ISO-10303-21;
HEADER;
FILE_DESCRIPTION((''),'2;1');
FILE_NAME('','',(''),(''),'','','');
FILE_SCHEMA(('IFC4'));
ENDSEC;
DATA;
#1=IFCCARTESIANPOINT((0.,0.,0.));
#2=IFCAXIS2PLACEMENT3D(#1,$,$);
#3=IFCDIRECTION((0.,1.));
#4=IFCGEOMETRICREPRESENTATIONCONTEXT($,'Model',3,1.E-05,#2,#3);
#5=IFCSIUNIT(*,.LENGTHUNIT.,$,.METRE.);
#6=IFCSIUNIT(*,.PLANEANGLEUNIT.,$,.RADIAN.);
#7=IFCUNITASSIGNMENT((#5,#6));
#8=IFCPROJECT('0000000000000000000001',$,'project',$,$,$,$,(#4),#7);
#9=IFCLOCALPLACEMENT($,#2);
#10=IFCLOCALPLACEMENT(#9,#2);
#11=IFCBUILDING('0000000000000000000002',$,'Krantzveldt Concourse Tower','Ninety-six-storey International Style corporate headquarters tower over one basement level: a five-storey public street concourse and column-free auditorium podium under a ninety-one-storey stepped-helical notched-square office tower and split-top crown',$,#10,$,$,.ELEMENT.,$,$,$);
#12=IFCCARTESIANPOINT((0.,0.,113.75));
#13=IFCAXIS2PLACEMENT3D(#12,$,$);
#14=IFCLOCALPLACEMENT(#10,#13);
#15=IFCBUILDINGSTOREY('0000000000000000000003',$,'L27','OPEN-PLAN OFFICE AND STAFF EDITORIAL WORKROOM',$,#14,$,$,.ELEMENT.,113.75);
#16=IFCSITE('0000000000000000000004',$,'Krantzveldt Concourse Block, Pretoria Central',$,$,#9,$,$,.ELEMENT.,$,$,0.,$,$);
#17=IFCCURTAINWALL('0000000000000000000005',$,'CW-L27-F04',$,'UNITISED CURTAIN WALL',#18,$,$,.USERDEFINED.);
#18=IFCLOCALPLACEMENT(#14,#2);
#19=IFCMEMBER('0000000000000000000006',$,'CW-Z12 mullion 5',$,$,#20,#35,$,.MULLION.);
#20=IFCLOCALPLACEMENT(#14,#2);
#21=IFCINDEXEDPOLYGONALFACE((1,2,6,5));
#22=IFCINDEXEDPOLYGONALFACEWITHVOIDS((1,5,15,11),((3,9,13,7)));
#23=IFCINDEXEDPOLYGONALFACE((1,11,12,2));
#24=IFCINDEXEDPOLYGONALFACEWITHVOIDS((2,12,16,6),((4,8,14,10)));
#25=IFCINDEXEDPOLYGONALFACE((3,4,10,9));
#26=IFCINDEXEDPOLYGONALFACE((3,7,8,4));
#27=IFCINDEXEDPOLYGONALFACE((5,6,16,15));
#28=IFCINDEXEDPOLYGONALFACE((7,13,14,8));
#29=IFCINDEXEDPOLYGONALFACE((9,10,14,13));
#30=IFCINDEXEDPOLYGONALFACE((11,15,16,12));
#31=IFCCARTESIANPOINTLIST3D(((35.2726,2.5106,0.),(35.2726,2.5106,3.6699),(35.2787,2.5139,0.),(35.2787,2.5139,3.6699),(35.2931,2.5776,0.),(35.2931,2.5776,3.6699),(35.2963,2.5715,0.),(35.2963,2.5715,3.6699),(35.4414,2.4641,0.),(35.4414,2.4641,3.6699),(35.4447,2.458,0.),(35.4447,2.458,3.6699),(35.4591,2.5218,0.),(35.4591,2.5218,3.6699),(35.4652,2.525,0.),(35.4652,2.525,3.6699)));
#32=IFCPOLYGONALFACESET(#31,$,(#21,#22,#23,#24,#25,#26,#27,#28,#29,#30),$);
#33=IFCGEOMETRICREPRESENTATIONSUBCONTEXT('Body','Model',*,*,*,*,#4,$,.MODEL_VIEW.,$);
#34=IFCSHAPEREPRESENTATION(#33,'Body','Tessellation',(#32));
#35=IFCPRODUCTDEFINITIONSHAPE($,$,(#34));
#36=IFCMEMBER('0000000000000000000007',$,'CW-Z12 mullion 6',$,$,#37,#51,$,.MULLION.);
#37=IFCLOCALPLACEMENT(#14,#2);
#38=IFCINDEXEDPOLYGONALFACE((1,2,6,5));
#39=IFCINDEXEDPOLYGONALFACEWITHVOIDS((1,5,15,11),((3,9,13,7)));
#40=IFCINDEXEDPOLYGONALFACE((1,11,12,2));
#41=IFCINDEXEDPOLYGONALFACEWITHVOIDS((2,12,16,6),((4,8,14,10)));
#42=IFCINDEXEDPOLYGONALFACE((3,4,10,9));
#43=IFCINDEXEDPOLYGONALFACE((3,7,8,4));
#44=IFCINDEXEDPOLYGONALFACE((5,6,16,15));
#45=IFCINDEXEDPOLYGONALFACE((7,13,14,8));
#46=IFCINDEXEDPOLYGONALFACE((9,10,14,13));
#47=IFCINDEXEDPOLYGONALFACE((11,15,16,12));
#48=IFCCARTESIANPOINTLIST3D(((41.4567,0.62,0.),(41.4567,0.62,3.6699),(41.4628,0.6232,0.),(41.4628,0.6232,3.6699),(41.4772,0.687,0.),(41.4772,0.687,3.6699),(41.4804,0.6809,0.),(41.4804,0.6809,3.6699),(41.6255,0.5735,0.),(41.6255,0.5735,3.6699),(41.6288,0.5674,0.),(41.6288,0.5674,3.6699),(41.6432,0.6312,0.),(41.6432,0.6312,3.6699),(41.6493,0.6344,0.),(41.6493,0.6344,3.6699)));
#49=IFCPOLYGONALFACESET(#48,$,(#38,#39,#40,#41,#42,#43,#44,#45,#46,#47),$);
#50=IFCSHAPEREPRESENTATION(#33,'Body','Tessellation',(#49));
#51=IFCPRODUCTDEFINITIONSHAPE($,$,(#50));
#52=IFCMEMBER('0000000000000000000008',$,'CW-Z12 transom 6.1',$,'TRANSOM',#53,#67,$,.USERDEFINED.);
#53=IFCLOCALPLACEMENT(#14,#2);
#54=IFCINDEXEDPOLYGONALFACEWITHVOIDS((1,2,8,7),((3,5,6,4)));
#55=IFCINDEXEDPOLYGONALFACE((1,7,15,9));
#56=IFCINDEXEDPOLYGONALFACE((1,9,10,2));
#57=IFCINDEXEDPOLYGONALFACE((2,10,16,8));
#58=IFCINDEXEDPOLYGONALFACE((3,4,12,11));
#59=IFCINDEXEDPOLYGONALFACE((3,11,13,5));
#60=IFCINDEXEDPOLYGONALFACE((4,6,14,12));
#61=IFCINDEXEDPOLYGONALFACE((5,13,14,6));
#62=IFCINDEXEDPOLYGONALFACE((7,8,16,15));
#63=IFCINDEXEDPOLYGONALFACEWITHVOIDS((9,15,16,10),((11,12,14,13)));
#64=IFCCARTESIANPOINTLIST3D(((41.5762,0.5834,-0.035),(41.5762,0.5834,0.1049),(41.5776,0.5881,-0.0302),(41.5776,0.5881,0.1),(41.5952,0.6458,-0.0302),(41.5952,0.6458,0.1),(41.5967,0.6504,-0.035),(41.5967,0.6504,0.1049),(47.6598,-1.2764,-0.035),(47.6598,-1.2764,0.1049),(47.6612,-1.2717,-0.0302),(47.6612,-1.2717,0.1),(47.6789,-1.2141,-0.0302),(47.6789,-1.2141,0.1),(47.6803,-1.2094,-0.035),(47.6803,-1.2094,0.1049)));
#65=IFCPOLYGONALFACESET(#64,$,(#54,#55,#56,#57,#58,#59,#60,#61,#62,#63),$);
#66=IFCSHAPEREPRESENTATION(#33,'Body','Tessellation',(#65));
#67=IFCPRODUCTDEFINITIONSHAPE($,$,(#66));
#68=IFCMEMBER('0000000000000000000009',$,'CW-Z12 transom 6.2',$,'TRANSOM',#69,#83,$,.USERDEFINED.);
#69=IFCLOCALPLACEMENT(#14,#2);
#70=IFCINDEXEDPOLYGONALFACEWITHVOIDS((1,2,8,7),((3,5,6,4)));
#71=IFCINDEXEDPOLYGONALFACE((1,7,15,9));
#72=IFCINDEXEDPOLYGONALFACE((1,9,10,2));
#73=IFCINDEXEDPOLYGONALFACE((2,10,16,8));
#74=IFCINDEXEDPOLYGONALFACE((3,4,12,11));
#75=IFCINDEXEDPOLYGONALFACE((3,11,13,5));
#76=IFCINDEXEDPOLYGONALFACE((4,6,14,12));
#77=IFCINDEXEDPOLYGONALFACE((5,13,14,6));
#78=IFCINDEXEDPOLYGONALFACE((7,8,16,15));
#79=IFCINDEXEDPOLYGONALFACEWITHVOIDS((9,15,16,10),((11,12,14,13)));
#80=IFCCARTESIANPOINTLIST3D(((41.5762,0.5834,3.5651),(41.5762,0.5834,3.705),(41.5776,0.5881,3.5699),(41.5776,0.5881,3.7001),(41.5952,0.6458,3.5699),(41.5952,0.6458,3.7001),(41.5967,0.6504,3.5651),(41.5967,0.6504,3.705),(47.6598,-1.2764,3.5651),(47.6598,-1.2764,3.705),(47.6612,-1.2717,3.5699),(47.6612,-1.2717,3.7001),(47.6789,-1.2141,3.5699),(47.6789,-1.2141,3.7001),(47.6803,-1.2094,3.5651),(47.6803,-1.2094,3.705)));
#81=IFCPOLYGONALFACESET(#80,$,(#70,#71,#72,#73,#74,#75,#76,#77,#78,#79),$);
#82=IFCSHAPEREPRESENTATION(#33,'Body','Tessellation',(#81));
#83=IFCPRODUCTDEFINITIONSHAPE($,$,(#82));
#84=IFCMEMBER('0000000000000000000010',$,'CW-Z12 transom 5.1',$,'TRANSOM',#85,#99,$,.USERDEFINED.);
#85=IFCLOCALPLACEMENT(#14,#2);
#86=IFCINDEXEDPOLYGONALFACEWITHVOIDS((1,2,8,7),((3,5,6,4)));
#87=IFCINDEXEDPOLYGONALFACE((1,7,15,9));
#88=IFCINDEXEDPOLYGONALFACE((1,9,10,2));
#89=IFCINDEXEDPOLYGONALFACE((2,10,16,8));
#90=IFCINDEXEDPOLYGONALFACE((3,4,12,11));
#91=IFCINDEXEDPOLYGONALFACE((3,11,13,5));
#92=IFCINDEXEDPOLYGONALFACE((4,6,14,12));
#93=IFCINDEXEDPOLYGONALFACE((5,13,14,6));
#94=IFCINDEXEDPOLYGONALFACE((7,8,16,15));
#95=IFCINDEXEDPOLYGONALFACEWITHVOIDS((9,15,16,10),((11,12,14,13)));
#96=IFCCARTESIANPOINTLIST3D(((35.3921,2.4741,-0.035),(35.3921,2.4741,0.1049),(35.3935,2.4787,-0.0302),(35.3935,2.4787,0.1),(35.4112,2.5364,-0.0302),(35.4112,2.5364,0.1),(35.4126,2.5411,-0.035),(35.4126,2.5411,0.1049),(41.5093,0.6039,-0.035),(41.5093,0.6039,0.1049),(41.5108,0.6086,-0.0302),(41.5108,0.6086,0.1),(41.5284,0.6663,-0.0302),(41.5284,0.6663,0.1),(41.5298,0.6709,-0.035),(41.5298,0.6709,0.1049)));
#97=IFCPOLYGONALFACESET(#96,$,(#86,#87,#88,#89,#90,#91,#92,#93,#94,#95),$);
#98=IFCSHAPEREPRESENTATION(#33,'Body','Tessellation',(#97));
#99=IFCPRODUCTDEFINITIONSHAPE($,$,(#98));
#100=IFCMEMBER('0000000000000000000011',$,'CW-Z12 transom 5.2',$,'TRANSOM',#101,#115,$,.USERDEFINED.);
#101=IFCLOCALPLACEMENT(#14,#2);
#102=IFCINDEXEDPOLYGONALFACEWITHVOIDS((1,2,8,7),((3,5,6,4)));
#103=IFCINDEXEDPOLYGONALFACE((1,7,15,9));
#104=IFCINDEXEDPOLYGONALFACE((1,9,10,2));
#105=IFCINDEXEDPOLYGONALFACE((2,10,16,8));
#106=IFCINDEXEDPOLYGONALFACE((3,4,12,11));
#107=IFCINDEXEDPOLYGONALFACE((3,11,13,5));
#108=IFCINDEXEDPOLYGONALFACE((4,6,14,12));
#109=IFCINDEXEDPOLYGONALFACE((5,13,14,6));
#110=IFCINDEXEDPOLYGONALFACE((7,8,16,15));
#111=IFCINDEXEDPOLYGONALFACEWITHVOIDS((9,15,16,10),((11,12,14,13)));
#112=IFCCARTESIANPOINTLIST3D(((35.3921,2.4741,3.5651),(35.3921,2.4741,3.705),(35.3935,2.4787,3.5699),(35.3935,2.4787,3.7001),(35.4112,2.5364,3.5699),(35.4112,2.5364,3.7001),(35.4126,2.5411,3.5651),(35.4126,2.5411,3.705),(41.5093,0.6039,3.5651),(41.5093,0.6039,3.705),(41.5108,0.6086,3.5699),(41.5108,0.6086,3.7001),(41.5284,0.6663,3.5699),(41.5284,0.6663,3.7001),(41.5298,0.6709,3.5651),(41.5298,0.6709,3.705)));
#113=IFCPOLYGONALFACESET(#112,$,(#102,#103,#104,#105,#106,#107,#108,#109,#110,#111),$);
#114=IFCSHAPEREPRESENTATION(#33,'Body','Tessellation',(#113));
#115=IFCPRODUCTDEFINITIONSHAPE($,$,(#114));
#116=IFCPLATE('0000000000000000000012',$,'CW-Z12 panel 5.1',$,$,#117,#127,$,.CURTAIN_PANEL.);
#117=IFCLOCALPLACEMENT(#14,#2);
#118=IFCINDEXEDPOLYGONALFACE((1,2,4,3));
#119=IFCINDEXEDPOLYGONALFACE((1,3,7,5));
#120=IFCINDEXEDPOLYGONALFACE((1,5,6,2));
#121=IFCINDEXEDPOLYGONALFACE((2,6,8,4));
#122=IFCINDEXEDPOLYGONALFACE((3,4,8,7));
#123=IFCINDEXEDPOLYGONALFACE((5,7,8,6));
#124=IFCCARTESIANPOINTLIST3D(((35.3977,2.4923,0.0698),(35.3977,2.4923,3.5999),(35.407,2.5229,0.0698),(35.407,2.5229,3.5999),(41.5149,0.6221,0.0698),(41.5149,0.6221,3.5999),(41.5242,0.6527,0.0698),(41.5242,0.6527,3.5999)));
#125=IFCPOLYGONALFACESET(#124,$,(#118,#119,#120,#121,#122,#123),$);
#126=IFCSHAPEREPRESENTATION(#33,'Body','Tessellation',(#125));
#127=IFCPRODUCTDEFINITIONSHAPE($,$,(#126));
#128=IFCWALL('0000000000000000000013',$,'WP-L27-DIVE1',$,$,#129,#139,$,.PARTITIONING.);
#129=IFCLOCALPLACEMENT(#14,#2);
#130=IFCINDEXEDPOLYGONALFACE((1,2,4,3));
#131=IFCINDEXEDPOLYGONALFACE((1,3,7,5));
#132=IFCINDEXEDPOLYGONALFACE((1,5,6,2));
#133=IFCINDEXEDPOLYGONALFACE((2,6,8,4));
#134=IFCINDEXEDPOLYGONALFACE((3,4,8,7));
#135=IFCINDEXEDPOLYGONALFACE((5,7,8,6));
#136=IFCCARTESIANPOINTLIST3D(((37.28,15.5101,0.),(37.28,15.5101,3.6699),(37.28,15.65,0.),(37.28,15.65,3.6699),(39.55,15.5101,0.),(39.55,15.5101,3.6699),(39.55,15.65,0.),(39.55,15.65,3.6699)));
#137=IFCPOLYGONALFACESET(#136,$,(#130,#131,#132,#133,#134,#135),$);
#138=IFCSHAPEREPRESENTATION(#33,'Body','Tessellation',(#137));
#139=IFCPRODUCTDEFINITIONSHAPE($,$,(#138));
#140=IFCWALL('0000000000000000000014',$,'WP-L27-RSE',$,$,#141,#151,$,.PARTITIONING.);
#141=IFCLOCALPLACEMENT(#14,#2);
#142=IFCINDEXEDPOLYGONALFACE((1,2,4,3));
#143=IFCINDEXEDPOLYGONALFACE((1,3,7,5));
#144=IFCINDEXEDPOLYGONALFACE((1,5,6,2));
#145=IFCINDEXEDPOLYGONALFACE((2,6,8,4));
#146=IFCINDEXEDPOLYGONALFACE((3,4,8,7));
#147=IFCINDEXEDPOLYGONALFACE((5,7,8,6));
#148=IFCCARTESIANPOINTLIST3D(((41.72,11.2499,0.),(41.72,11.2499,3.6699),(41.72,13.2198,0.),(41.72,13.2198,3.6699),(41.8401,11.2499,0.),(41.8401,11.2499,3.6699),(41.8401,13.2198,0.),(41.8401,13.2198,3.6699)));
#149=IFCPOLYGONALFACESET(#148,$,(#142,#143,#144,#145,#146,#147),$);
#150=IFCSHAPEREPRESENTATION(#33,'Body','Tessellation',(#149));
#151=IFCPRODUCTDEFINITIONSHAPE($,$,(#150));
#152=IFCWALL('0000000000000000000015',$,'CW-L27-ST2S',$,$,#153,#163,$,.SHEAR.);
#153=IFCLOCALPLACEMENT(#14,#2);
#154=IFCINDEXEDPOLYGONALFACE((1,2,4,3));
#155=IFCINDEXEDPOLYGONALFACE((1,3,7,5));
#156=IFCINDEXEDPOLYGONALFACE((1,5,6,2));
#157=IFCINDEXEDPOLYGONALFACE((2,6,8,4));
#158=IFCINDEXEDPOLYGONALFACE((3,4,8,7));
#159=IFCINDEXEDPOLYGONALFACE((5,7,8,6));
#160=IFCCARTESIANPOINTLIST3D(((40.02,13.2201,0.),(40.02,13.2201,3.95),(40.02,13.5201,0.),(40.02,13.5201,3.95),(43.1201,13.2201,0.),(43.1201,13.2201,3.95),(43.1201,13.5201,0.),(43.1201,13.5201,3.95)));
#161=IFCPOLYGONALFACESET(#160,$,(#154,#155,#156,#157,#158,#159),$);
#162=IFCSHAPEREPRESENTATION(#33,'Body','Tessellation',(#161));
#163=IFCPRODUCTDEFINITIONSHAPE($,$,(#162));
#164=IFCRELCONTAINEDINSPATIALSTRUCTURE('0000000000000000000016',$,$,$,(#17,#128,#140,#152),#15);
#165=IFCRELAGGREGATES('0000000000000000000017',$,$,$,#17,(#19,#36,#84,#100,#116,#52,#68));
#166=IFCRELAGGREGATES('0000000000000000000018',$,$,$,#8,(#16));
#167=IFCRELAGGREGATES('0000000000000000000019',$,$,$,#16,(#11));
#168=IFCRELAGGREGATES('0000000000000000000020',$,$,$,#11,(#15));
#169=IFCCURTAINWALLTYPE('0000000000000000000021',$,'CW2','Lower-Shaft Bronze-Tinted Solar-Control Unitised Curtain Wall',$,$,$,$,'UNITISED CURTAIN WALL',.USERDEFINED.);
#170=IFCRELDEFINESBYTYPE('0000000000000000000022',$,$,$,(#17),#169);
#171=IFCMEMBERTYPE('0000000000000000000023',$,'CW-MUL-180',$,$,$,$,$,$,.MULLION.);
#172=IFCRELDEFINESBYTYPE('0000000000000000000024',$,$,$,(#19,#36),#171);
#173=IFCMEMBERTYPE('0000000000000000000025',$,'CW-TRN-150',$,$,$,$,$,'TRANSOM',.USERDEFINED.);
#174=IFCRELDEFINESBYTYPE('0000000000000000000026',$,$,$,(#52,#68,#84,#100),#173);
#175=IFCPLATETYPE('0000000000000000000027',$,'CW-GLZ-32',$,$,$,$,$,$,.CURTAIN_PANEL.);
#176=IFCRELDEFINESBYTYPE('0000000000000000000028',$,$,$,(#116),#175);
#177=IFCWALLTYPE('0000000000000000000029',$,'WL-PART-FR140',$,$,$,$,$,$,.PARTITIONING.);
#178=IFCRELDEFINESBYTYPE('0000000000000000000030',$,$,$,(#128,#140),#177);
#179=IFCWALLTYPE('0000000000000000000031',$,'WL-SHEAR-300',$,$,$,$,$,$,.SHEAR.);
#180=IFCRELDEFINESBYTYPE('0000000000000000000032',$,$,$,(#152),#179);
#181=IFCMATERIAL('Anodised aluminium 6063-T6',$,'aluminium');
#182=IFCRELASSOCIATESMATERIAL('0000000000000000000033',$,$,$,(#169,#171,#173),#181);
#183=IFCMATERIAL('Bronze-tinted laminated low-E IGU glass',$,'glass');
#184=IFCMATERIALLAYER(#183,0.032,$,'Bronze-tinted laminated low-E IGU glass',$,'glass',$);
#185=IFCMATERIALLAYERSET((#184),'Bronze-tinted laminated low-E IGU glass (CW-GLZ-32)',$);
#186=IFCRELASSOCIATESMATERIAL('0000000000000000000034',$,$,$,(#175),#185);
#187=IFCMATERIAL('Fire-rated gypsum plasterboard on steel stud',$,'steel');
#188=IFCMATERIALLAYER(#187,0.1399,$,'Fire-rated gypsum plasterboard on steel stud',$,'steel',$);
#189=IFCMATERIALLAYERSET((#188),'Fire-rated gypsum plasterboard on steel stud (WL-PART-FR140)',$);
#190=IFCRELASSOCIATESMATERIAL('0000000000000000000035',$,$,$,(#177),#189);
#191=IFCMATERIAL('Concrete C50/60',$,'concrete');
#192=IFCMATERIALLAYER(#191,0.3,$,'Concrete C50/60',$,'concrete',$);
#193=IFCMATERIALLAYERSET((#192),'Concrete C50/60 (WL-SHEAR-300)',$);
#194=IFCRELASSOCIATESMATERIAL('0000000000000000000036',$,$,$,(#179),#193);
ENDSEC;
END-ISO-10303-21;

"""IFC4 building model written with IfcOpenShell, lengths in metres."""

from ifc_helpers import new_model, si_unit, direction, frame, frame_2d, origin, origin_2d, place, context, subcontext, project, spatial, rectangle, hollow_rectangle, extrude, source, transform, mapped, material, layer, layer_set, material_profile, profile_set, type_object, type_shapes, element, aggregate, save


model = new_model("IFC4")

# Units and contexts
model_context = context("Model", 3, precision=1e-05, world=origin(), true_north=direction((0.0, 1.0)))
body_context = subcontext(model_context, "Body", "Model", "MODEL_VIEW")
ifc_project = project(units=[si_unit("LENGTHUNIT", "METRE"), si_unit("PLANEANGLEUNIT", "RADIAN")], contexts=[model_context])

# Site, building, storey
site_placement = place(None, origin())
site = spatial("IfcSite", under=ifc_project, at=site_placement, Name="Krantzveldt Concourse Block, Pretoria Central", CompositionType="ELEMENT", RefElevation=0.0)
building_placement = place(site_placement, origin())
building = spatial("IfcBuilding", under=site, at=building_placement, Name="Krantzveldt Concourse Tower", Description="Ninety-six-storey International Style corporate headquarters tower over one basement level: a five-storey public street concourse and column-free auditorium podium under a ninety-one-storey stepped-helical notched-square office tower and split-top crown", CompositionType="ELEMENT")
storey_placement = place(building_placement, frame((0.0, 0.0, 113.75)))
storey = spatial("IfcBuildingStorey", under=building, at=storey_placement, Name="L27", Description="OPEN-PLAN OFFICE AND STAFF EDITORIAL WORKROOM", CompositionType="ELEMENT", Elevation=113.75)

# Curtain wall, members, plate
ifc_material_1 = material(Name="Anodised aluminium 6063-T6", Category="aluminium")
curtain_wall_type = type_object("IfcCurtainWallType", Name="CW2", Description="Lower-Shaft Bronze-Tinted Solar-Control Unitised Curtain Wall", ElementType="UNITISED CURTAIN WALL", PredefinedType="USERDEFINED", material=ifc_material_1)
curtain_wall_placement = place(storey_placement, origin())
curtain_wall = element("IfcCurtainWall", 1, at=curtain_wall_placement, inside=storey, type_object=curtain_wall_type, Name="CW-L27-F04", ObjectType="UNITISED CURTAIN WALL", PredefinedType="USERDEFINED")
ifc_material_profile_1 = material_profile(ifc_material_1, hollow_rectangle(XDim=0.0701, YDim=0.1799, WallThickness=0.0049, at=origin_2d()), Name="Anodised aluminium 6063-T6", Category="aluminium")
ifc_profile_set_1 = profile_set([ifc_material_profile_1], Name="Anodised aluminium 6063-T6 - ALU-MULL 180x70x5")
member_type_1 = type_object("IfcMemberType", Name="CW-MUL-180", PredefinedType="MULLION", material=ifc_profile_set_1)
shared_shape_1 = source(origin(), body_context, "Body", "SweptSolid", [
    extrude(hollow_rectangle(XDim=0.0701, YDim=0.1799, WallThickness=0.0049, at=origin_2d()), origin(), (0.0, 0.0, 1.0), 3.6699),
])
type_shapes(member_type_1, [shared_shape_1])
member_1_placement = place(storey_placement, frame((35.3689, 2.5178, 0.0), z_axis=(0.0, 0.0, 1.0), x_axis=(0.292372, 0.956305, 0.0)))
member_1 = element("IfcMember", 2, at=member_1_placement, type_object=member_type_1, Name="CW-Z12 mullion 5", PredefinedType="MULLION", context=body_context, shape_type="MappedRepresentation", body=[
    mapped(shared_shape_1, transform((0.0, 0.0, 0.0), x_axis=(1.0, 0.0, 0.0), y_axis=(0.0, 1.0, 0.0), z_axis=(0.0, 0.0, 1.0), scale=1.0)),
])
member_2_placement = place(storey_placement, frame((41.553, 0.6272, 0.0), z_axis=(0.0, 0.0, 1.0), x_axis=(0.292372, 0.956305, 0.0)))
member_2 = element("IfcMember", 3, at=member_2_placement, type_object=member_type_1, Name="CW-Z12 mullion 6", PredefinedType="MULLION", context=body_context, shape_type="MappedRepresentation", body=[
    mapped(shared_shape_1, transform((0.0, 0.0, 0.0), x_axis=(1.0, 0.0, 0.0), y_axis=(0.0, 1.0, 0.0), z_axis=(0.0, 0.0, 1.0), scale=1.0)),
])
ifc_material_profile_2 = material_profile(ifc_material_1, hollow_rectangle(XDim=0.0701, YDim=0.1399, WallThickness=0.0049, at=origin_2d()), Name="Anodised aluminium 6063-T6", Category="aluminium")
ifc_profile_set_2 = profile_set([ifc_material_profile_2], Name="Anodised aluminium 6063-T6 - ALU-TRAN 140x70x5")
member_type_2 = type_object("IfcMemberType", Name="CW-TRN-150", ElementType="TRANSOM", PredefinedType="USERDEFINED", material=ifc_profile_set_2)
shared_shape_2 = source(origin(), body_context, "Body", "SweptSolid", [
    extrude(hollow_rectangle(XDim=0.0701, YDim=0.1399, WallThickness=0.0049, at=origin_2d()), origin(), (0.0, 0.0, 1.0), 6.3616),
])
member_3_placement = place(storey_placement, frame((41.5864, 0.6169, 0.0349), z_axis=(0.95631, -0.292354, 0.0), x_axis=(0.292354, 0.95631, 0.0)))
member_3 = element("IfcMember", 4, at=member_3_placement, type_object=member_type_2, Name="CW-Z12 transom 6.1", ObjectType="TRANSOM", PredefinedType="USERDEFINED", context=body_context, shape_type="MappedRepresentation", body=[
    mapped(shared_shape_2, transform((0.0, 0.0, 0.0), x_axis=(1.0, 0.0, 0.0), y_axis=(0.0, 1.0, 0.0), z_axis=(0.0, 0.0, 1.0), scale=1.0)),
])
member_4_placement = place(storey_placement, frame((41.5864, 0.6169, 3.635), z_axis=(0.95631, -0.292354, 0.0), x_axis=(0.292354, 0.95631, 0.0)))
member_4 = element("IfcMember", 5, at=member_4_placement, type_object=member_type_2, Name="CW-Z12 transom 6.2", ObjectType="TRANSOM", PredefinedType="USERDEFINED", context=body_context, shape_type="MappedRepresentation", body=[
    mapped(shared_shape_2, transform((0.0, 0.0, 0.0), x_axis=(1.0, 0.0, 0.0), y_axis=(0.0, 1.0, 0.0), z_axis=(0.0, 0.0, 1.0), scale=1.0)),
])
shared_shape_3 = source(origin(), body_context, "Body", "SweptSolid", [
    extrude(hollow_rectangle(XDim=0.0701, YDim=0.1399, WallThickness=0.0049, at=origin_2d()), origin(), (0.0, 0.0, 1.0), 6.3967),
])
type_shapes(member_type_2, [shared_shape_2, shared_shape_3])
member_5_placement = place(storey_placement, frame((35.4023, 2.5076, 0.0349), z_axis=(0.956309, -0.292358, 0.0), x_axis=(0.292358, 0.956309, 0.0)))
member_5 = element("IfcMember", 6, at=member_5_placement, type_object=member_type_2, Name="CW-Z12 transom 5.1", ObjectType="TRANSOM", PredefinedType="USERDEFINED", context=body_context, shape_type="MappedRepresentation", body=[
    mapped(shared_shape_3, transform((0.0, 0.0, 0.0), x_axis=(1.0, 0.0, 0.0), y_axis=(0.0, 1.0, 0.0), z_axis=(0.0, 0.0, 1.0), scale=1.0)),
])
member_6_placement = place(storey_placement, frame((35.4023, 2.5076, 3.635), z_axis=(0.956309, -0.292358, 0.0), x_axis=(0.292358, 0.956309, 0.0)))
member_6 = element("IfcMember", 7, at=member_6_placement, type_object=member_type_2, Name="CW-Z12 transom 5.2", ObjectType="TRANSOM", PredefinedType="USERDEFINED", context=body_context, shape_type="MappedRepresentation", body=[
    mapped(shared_shape_3, transform((0.0, 0.0, 0.0), x_axis=(1.0, 0.0, 0.0), y_axis=(0.0, 1.0, 0.0), z_axis=(0.0, 0.0, 1.0), scale=1.0)),
])
ifc_material_2 = material(Name="Bronze-tinted laminated low-E IGU glass", Category="glass")
ifc_layer_1 = layer(ifc_material_2, 0.032, Name="Bronze-tinted laminated low-E IGU glass", Category="glass")
ifc_layer_set_1 = layer_set([ifc_layer_1], Name="Bronze-tinted laminated low-E IGU glass (CW-GLZ-32)")
plate_type = type_object("IfcPlateType", Name="CW-GLZ-32", PredefinedType="CURTAIN_PANEL", material=ifc_layer_set_1)
shared_shape_4 = source(origin(), body_context, "Body", "SweptSolid", [
    extrude(rectangle(XDim=6.3967, YDim=0.032, at=origin_2d()), origin(), (0.0, 0.0, 1.0), 3.53),
])
type_shapes(plate_type, [shared_shape_4])
plate_placement = place(storey_placement, frame((38.4609, 1.5725, 0.0698), z_axis=(0.0, 0.0, 1.0), x_axis=(0.956305, -0.292372, 0.0)))
plate = element("IfcPlate", 8, at=plate_placement, type_object=plate_type, Name="CW-Z12 panel 5.1", PredefinedType="CURTAIN_PANEL", context=body_context, shape_type="MappedRepresentation", body=[
    mapped(shared_shape_4, transform((0.0, 0.0, 0.0), x_axis=(1.0, 0.0, 0.0), y_axis=(0.0, 1.0, 0.0), z_axis=(0.0, 0.0, 1.0), scale=1.0)),
])
aggregate(curtain_wall, [member_1, member_2, member_5, member_6, plate, member_3, member_4])

# Shared definitions
ifc_material_3 = material(Name="Fire-rated gypsum plasterboard on steel stud", Category="steel")
ifc_layer_2 = layer(ifc_material_3, 0.1399, Name="Fire-rated gypsum plasterboard on steel stud", Category="steel")
ifc_layer_set_2 = layer_set([ifc_layer_2], Name="Fire-rated gypsum plasterboard on steel stud (WL-PART-FR140)")
wall_type_1 = type_object("IfcWallType", Name="WL-PART-FR140", PredefinedType="PARTITIONING", material=ifc_layer_set_2)

# Walls
wall_1_placement = place(storey_placement, frame((37.28, 15.5801, 0.0), z_axis=(0.0, 0.0, 1.0), x_axis=(1.0, 0.0, 0.0)))
element("IfcWall", 9, at=wall_1_placement, inside=storey, type_object=wall_type_1, Name="WP-L27-DIVE1", PredefinedType="PARTITIONING", context=body_context, shape_type="SweptSolid", body=[
    extrude(rectangle(XDim=2.27, YDim=0.1399, at=frame_2d((1.135, 0.0))), origin(), (0.0, 0.0, 1.0), 3.6699),
])
wall_2_placement = place(storey_placement, frame((41.78, 11.25, 0.0), z_axis=(0.0, 0.0, 1.0), x_axis=(0.0, 1.0, 0.0)))
element("IfcWall", 10, at=wall_2_placement, inside=storey, type_object=wall_type_1, Name="WP-L27-RSE", PredefinedType="PARTITIONING", context=body_context, shape_type="SweptSolid", body=[
    extrude(rectangle(XDim=1.97, YDim=0.1201, at=frame_2d((0.9849, 0.0))), origin(), (0.0, 0.0, 1.0), 3.6699),
])
ifc_material_4 = material(Name="Concrete C50/60", Category="concrete")
ifc_layer_3 = layer(ifc_material_4, 0.3, Name="Concrete C50/60", Category="concrete")
ifc_layer_set_3 = layer_set([ifc_layer_3], Name="Concrete C50/60 (WL-SHEAR-300)")
wall_type_2 = type_object("IfcWallType", Name="WL-SHEAR-300", PredefinedType="SHEAR", material=ifc_layer_set_3)
wall_3_placement = place(storey_placement, frame((40.02, 13.3701, 0.0), z_axis=(0.0, 0.0, 1.0), x_axis=(1.0, 0.0, 0.0)))
element("IfcWall", 11, at=wall_3_placement, inside=storey, type_object=wall_type_2, Name="CW-L27-ST2S", PredefinedType="SHEAR", context=body_context, shape_type="SweptSolid", body=[
    extrude(rectangle(XDim=3.1001, YDim=0.3, at=frame_2d((1.55, 0.0))), origin(), (0.0, 0.0, 1.0), 3.95),
])

save(model, "model.ifc")
